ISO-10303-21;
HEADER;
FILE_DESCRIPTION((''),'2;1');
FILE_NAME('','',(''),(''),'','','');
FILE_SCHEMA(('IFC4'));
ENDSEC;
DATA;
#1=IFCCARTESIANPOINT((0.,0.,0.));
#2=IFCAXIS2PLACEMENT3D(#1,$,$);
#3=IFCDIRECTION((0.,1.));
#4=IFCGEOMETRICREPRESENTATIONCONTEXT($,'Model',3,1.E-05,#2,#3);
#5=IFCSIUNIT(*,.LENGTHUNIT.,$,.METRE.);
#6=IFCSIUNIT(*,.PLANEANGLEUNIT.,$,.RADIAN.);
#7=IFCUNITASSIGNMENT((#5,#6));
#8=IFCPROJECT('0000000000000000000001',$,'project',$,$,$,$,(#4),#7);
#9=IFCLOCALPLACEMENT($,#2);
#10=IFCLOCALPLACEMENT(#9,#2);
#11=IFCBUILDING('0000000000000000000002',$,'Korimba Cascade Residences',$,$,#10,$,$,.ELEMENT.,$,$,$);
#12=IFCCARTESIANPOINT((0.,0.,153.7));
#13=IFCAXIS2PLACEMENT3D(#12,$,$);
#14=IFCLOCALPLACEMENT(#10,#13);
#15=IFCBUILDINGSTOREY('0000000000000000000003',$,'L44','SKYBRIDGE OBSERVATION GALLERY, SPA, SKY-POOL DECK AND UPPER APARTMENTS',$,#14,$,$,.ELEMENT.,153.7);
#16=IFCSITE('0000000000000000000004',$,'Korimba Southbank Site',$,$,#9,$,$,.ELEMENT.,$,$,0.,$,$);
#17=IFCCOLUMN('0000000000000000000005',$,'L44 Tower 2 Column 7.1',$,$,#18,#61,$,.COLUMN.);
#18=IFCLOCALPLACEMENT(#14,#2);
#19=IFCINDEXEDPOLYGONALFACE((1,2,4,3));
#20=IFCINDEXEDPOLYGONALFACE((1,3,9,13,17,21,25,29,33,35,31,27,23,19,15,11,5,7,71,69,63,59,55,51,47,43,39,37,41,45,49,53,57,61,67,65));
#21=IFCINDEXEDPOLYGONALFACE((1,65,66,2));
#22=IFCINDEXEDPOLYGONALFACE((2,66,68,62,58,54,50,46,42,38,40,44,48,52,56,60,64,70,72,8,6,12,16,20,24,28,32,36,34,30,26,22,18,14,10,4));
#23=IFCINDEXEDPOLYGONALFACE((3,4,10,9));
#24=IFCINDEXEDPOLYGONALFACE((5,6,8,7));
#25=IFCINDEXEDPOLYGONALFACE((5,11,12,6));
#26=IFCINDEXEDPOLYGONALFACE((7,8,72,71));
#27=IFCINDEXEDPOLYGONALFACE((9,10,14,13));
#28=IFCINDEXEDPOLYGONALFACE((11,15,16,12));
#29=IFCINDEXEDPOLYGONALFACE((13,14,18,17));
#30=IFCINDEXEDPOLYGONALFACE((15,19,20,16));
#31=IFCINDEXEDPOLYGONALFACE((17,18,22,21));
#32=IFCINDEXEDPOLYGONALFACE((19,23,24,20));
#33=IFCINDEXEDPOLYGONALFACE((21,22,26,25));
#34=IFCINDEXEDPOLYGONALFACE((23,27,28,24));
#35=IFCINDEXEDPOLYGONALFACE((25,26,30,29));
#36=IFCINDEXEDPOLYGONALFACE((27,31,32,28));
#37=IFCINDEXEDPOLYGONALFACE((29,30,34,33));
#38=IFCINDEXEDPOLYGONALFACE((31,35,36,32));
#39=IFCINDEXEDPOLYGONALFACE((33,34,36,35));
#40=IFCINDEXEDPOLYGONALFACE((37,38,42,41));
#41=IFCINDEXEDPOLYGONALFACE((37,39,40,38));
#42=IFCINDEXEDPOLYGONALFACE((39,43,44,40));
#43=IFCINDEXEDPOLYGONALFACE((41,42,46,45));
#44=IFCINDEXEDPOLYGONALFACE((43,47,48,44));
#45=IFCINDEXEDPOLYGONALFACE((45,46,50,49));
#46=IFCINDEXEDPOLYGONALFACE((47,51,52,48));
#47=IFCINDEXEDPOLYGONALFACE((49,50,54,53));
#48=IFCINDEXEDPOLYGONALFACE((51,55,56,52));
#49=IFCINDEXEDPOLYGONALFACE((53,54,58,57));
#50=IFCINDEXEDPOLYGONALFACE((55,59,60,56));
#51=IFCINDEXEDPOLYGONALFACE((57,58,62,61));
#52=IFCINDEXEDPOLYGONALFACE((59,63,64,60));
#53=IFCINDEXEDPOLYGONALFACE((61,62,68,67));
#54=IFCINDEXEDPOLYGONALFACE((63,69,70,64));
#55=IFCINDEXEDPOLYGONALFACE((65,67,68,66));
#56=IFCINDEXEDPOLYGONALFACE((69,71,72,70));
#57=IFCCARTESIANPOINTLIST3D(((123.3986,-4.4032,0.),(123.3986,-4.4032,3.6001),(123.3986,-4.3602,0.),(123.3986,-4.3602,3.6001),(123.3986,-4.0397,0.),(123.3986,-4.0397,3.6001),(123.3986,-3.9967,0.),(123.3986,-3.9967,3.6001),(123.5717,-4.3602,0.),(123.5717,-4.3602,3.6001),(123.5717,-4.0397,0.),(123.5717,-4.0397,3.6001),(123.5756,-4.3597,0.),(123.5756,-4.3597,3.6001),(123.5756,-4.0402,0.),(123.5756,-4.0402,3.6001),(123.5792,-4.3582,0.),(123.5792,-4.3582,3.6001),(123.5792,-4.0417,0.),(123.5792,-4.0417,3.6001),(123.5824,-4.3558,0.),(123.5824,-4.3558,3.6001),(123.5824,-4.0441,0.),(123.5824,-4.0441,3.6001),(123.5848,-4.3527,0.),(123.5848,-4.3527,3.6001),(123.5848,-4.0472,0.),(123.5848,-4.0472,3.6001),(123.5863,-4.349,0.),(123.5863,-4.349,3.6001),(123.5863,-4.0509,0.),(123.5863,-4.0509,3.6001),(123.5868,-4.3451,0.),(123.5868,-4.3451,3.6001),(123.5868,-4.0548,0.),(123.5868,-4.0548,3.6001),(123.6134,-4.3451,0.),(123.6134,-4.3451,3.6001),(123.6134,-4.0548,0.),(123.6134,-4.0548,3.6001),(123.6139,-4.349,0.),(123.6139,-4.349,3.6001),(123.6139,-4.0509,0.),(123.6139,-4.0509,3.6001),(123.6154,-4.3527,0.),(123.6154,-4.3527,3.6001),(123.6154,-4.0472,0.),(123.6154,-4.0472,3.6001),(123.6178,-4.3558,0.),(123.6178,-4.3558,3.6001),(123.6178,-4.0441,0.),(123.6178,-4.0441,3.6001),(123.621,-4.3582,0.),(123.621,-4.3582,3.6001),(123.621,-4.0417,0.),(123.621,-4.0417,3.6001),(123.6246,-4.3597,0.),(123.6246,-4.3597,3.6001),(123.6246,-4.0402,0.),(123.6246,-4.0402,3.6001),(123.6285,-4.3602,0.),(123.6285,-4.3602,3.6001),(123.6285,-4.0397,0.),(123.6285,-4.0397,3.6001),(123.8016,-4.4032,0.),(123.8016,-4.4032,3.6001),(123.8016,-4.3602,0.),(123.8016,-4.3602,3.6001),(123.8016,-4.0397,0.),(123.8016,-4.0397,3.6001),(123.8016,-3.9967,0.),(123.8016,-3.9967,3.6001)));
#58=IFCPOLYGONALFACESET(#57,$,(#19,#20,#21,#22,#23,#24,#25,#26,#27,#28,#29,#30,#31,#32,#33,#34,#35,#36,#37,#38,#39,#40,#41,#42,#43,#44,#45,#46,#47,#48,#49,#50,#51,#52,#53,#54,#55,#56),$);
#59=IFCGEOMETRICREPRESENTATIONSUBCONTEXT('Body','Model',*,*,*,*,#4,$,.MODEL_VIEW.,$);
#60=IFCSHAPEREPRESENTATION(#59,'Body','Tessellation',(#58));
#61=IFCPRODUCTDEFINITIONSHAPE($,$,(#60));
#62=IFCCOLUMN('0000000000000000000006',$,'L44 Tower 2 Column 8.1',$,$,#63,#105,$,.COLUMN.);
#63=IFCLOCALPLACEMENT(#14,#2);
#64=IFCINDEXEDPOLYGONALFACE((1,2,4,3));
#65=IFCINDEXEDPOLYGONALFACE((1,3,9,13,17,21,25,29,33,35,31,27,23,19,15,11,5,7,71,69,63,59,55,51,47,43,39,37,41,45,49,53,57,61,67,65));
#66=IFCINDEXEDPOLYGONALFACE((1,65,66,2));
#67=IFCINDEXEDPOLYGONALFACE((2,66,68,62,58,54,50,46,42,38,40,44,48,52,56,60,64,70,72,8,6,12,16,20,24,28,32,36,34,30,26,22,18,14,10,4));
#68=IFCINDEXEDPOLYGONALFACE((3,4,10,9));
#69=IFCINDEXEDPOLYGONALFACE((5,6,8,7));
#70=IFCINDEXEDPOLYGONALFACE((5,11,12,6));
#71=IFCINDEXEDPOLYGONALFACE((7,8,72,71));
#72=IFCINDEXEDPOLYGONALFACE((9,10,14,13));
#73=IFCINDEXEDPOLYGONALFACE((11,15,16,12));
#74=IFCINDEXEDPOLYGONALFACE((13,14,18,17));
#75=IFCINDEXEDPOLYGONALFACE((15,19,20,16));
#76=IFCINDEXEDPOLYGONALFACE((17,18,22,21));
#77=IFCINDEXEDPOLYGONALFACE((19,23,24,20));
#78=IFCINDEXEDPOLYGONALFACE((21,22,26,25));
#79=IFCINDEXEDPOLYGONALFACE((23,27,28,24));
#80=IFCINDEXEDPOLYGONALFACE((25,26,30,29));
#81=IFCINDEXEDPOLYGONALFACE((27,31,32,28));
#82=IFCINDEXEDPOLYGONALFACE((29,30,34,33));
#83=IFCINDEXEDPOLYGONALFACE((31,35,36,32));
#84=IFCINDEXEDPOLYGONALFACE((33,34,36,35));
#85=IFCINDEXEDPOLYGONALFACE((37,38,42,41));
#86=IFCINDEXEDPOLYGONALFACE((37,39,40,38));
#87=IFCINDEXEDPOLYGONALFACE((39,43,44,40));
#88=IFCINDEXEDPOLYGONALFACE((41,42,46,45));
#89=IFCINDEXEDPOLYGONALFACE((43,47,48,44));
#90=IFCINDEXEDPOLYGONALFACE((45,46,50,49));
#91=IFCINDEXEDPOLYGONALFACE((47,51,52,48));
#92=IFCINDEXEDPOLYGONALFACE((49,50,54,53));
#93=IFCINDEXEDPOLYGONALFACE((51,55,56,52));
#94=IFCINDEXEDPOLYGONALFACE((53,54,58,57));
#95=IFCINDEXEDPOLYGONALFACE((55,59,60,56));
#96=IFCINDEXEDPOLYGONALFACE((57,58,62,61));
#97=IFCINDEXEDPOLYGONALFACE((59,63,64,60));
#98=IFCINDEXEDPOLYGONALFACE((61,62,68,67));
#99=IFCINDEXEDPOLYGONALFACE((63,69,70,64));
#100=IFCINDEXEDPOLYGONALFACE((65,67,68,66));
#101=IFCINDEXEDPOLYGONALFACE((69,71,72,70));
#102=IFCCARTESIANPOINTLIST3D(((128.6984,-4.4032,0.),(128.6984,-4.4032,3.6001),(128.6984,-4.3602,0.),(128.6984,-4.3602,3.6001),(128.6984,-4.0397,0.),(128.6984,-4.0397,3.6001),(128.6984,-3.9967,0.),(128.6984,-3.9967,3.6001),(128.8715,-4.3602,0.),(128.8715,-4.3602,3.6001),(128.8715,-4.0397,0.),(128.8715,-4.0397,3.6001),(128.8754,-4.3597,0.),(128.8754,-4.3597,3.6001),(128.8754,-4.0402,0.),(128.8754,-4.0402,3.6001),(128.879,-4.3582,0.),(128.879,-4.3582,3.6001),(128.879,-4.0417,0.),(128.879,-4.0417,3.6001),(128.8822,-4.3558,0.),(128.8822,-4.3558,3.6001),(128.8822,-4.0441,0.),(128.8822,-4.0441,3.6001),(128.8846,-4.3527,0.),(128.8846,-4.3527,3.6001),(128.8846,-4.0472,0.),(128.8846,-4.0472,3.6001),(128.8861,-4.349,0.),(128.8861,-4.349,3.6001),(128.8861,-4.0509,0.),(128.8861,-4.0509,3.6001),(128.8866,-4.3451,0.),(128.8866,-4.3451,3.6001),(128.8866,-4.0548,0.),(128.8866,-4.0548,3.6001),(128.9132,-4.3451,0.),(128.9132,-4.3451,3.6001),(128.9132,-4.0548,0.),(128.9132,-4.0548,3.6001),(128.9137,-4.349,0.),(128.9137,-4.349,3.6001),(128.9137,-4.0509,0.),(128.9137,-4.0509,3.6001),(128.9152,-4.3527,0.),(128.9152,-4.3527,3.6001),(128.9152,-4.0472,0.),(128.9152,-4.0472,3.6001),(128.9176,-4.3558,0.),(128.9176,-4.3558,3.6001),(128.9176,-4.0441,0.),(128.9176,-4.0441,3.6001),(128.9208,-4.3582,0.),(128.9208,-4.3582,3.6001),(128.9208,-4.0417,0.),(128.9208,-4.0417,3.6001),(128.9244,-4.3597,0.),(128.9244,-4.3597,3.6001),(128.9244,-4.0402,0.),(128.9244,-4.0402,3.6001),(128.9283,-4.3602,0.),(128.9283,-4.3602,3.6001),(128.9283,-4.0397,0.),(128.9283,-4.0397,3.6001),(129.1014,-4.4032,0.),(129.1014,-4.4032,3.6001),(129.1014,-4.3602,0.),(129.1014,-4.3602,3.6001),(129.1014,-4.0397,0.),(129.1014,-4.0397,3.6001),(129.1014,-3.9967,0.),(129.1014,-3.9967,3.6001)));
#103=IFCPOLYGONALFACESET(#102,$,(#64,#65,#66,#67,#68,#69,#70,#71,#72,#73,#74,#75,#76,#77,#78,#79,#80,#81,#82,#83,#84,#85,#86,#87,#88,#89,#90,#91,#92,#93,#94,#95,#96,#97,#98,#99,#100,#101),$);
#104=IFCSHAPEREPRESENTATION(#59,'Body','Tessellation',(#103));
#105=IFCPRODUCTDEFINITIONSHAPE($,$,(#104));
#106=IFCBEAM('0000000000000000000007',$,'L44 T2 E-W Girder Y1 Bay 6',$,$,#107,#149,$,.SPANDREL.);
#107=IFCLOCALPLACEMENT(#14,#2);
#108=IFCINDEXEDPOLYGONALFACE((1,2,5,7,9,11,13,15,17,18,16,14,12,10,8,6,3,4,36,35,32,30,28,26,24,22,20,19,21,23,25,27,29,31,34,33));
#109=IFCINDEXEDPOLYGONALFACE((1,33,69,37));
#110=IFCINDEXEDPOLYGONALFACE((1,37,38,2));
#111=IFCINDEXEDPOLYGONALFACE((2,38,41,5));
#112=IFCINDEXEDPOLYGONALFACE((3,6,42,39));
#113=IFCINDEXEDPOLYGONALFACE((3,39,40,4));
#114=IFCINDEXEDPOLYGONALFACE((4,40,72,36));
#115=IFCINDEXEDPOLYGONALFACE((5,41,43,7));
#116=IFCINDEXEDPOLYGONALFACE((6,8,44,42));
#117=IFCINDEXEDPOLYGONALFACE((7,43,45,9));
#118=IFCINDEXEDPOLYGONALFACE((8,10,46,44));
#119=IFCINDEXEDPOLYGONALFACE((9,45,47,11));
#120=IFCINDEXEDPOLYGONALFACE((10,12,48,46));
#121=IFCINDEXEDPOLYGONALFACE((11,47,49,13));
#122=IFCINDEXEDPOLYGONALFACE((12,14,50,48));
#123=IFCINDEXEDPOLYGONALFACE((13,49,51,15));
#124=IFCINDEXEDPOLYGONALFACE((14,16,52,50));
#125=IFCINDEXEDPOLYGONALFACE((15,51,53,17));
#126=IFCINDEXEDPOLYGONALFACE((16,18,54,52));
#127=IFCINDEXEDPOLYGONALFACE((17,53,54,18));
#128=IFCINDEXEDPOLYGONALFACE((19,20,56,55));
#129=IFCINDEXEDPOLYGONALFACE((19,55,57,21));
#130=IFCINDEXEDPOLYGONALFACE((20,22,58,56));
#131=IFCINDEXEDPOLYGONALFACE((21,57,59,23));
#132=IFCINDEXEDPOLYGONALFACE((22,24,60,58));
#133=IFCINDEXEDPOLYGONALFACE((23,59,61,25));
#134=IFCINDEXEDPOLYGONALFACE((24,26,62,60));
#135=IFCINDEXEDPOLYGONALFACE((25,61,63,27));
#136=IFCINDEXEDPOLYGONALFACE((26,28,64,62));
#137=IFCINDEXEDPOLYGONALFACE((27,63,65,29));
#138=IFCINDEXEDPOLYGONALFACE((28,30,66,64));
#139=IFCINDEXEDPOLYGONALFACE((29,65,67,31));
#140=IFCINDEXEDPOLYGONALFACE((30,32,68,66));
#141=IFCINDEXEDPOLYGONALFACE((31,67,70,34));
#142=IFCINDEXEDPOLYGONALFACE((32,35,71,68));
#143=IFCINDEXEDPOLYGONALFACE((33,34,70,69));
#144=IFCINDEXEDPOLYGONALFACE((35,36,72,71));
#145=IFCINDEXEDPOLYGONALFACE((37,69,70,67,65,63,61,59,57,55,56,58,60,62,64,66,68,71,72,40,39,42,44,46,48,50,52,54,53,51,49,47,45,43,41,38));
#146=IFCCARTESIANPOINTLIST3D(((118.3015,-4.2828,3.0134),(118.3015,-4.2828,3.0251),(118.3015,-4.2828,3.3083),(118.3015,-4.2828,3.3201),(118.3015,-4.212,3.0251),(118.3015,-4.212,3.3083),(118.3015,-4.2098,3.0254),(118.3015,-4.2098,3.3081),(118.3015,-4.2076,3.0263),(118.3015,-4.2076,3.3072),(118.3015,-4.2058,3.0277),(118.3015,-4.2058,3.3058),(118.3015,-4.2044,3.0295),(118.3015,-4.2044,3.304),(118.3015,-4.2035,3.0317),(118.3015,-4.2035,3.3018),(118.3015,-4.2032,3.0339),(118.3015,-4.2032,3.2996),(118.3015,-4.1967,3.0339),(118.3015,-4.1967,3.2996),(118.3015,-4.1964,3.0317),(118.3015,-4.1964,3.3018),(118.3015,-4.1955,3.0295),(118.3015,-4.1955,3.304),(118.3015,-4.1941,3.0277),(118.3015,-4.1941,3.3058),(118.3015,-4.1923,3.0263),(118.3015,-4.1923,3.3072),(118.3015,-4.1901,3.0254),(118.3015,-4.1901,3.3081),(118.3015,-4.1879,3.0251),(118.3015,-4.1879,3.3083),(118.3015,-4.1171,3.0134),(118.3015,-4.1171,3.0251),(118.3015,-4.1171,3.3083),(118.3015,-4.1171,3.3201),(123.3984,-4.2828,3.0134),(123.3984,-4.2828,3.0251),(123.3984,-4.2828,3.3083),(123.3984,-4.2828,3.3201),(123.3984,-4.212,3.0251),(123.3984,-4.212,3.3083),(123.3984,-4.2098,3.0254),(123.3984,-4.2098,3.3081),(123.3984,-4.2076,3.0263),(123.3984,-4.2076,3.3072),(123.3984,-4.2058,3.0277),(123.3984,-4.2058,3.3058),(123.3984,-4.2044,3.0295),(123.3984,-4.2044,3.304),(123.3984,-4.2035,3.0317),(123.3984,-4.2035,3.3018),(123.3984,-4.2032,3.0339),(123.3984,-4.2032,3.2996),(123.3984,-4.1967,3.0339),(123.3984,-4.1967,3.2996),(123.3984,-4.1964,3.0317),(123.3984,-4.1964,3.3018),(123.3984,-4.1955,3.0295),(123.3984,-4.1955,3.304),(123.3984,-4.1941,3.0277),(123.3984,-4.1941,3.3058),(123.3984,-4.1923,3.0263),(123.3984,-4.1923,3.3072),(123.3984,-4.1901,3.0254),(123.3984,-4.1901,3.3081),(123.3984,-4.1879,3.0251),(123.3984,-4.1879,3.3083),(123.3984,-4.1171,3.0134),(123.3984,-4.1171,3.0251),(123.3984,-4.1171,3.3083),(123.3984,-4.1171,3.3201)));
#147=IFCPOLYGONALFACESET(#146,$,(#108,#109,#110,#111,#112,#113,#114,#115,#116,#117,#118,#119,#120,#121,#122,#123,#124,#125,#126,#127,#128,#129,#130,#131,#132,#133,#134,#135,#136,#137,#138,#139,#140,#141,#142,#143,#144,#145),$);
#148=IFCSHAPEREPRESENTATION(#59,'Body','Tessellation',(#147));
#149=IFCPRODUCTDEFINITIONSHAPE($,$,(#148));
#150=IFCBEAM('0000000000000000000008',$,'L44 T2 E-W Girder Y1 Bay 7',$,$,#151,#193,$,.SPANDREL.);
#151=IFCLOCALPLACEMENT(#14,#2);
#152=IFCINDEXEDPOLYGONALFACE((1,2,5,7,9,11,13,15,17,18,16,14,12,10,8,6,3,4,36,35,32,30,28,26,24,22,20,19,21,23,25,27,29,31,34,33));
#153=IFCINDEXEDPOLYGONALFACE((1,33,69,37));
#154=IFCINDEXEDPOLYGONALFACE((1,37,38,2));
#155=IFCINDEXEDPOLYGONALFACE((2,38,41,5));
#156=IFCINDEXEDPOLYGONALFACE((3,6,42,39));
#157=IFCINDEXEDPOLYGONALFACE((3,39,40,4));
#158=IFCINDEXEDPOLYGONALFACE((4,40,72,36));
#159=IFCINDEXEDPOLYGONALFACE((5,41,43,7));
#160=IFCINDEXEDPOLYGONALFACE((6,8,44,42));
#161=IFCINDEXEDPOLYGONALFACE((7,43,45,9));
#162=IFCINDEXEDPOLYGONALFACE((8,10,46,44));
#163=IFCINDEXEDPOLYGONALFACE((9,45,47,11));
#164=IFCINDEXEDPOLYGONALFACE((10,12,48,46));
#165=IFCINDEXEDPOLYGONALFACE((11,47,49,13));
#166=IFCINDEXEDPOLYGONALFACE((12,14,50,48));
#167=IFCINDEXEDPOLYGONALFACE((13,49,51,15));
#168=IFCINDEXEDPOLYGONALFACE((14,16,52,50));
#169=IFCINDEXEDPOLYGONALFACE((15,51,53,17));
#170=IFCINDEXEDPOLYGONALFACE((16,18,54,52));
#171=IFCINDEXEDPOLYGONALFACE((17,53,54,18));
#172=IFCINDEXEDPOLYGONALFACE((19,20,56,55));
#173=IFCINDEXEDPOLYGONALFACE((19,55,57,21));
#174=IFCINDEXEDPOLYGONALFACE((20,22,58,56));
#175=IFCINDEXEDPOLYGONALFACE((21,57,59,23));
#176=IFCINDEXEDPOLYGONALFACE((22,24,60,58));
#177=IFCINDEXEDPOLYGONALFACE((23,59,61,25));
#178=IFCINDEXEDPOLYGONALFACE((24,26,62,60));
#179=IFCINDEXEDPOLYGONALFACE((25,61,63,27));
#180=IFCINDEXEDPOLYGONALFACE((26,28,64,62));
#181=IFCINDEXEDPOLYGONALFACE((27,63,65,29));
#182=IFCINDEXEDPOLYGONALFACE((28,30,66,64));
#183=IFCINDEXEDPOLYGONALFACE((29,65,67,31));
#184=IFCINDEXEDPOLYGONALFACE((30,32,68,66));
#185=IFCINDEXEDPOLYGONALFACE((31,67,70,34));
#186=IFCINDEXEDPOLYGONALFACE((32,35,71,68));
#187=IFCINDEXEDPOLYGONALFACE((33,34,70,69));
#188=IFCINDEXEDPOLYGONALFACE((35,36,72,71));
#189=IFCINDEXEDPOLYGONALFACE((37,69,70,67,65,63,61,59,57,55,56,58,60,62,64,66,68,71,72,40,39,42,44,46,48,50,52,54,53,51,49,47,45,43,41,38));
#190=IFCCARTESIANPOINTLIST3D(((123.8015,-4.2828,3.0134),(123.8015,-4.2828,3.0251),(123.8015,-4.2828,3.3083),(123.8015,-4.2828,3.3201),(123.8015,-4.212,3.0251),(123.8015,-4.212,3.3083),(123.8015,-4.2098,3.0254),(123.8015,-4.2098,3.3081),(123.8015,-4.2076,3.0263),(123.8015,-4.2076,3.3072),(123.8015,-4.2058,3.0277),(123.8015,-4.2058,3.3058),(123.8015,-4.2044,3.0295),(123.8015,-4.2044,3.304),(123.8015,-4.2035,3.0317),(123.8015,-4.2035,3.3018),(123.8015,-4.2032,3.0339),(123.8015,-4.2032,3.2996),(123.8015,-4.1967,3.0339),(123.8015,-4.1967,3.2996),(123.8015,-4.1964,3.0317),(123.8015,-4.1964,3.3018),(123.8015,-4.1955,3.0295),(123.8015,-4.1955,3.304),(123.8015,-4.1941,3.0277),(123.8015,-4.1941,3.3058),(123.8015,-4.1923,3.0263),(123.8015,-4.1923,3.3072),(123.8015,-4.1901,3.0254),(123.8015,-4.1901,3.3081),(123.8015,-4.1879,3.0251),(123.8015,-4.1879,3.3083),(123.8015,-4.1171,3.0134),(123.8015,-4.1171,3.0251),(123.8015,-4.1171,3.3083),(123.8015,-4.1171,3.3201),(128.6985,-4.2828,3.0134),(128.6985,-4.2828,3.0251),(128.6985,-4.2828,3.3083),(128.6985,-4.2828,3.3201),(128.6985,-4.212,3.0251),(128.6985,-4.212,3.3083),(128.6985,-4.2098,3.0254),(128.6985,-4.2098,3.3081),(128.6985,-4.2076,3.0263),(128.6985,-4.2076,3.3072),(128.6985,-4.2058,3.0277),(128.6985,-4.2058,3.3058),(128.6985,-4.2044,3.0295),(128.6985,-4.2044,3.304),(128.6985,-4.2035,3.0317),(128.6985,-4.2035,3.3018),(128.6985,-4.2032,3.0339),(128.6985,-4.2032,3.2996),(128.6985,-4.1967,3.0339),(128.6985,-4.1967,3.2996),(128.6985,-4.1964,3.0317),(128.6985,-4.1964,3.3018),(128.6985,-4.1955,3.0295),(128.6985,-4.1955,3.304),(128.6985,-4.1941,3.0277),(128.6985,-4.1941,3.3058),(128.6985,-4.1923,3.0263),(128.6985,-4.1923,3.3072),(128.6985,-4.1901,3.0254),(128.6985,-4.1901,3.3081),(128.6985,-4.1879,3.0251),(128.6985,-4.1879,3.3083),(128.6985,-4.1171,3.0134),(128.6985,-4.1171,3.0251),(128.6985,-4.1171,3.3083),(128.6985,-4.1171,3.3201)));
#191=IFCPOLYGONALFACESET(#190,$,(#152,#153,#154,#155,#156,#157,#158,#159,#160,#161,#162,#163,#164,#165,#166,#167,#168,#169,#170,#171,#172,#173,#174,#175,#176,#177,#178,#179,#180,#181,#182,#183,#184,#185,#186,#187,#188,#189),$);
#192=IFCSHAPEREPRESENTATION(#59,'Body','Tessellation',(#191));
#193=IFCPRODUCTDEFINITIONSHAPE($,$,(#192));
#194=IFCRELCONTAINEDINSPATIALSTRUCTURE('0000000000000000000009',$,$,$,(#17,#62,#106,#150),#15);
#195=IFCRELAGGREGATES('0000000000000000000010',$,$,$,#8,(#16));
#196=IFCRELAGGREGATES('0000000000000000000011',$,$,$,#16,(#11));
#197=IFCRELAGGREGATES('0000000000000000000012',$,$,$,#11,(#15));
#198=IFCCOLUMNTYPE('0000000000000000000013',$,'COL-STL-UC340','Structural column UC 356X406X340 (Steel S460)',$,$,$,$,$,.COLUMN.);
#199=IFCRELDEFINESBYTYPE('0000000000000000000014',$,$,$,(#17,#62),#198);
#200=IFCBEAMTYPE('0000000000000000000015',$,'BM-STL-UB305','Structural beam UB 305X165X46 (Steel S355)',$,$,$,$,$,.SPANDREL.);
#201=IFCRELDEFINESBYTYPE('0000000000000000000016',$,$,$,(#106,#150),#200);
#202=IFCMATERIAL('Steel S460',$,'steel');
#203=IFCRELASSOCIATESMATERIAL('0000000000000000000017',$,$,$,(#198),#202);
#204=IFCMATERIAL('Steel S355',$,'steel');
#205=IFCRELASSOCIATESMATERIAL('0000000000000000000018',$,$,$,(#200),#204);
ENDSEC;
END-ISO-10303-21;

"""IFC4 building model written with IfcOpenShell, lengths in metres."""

from ifc_helpers import new_model, si_unit, direction, frame, origin, origin_2d, place, context, subcontext, project, spatial, i_section, extrude, material, material_profile, profile_set, type_object, element, save


model = new_model("IFC4")

# Units and contexts
model_context = context("Model", 3, precision=1e-05, world=origin(), true_north=direction((0.0, 1.0)))
body_context = subcontext(model_context, "Body", "Model", "MODEL_VIEW")
ifc_project = project(units=[si_unit("LENGTHUNIT", "METRE"), si_unit("PLANEANGLEUNIT", "RADIAN")], contexts=[model_context])

# Site, building, storey
site_placement = place(None, origin())
site = spatial("IfcSite", under=ifc_project, at=site_placement, Name="Korimba Southbank Site", CompositionType="ELEMENT", RefElevation=0.0)
building_placement = place(site_placement, origin())
building = spatial("IfcBuilding", under=site, at=building_placement, Name="Korimba Cascade Residences", CompositionType="ELEMENT")
storey_placement = place(building_placement, frame((0.0, 0.0, 153.7)))
storey = spatial("IfcBuildingStorey", under=building, at=storey_placement, Name="L44", Description="SKYBRIDGE OBSERVATION GALLERY, SPA, SKY-POOL DECK AND UPPER APARTMENTS", CompositionType="ELEMENT", Elevation=153.7)

# Columns
ifc_material_1 = material(Name="Steel S460", Category="steel")
ifc_material_profile_1 = material_profile(ifc_material_1, i_section(OverallWidth=0.4031, OverallDepth=0.4065, WebThickness=0.0266, FlangeThickness=0.043, FilletRadius=0.0151, at=origin_2d()), Name="Steel S460")
ifc_profile_set_1 = profile_set([ifc_material_profile_1], Name="Steel S460")
column_type = type_object("IfcColumnType", Name="COL-STL-UC340", Description="Structural column UC 356X406X340 (Steel S460)", PredefinedType="COLUMN", material=ifc_profile_set_1)
for number, where, z_axis, x_axis, name in (
    (1, (123.6001, -4.2, 0.0), (0.0, 0.0, 1.0), (1.0, 0.0, 0.0), "L44 Tower 2 Column 7.1"),
    (2, (128.8999, -4.2, 0.0), (0.0, 0.0, 1.0), (1.0, 0.0, 0.0), "L44 Tower 2 Column 8.1"),
):
    element("IfcColumn", number, at=place(storey_placement, frame(where, z_axis=z_axis, x_axis=x_axis)), inside=storey, type_object=column_type, Name=name, PredefinedType="COLUMN", context=body_context, shape_type="SweptSolid", body=[
        extrude(i_section(OverallWidth=0.4031, OverallDepth=0.4065, WebThickness=0.0266, FlangeThickness=0.043, FilletRadius=0.0151, at=origin_2d()), origin(), (0.0, 0.0, 1.0), 3.6001),
    ])

# Beams
ifc_material_2 = material(Name="Steel S355", Category="steel")
ifc_material_profile_2 = material_profile(ifc_material_2, i_section(OverallWidth=0.1658, OverallDepth=0.3066, WebThickness=0.0066, FlangeThickness=0.0117, FilletRadius=0.0088, at=origin_2d()), Name="Steel S355")
ifc_profile_set_2 = profile_set([ifc_material_profile_2], Name="Steel S355")
beam_type_1 = type_object("IfcBeamType", Name="BM-STL-UB305", Description="Structural beam UB 305X165X46 (Steel S355)", PredefinedType="SPANDREL", material=ifc_profile_set_2)
beam_1_placement = place(storey_placement, frame((118.3015, -4.2, 3.1667), z_axis=(1.0, 0.0, 0.0), x_axis=(0.0, 1.0, 0.0)))
element("IfcBeam", 3, at=beam_1_placement, inside=storey, type_object=beam_type_1, Name="L44 T2 E-W Girder Y1 Bay 6", PredefinedType="SPANDREL", context=body_context, shape_type="SweptSolid", body=[
    extrude(i_section(OverallWidth=0.1658, OverallDepth=0.3066, WebThickness=0.0066, FlangeThickness=0.0117, FilletRadius=0.0088, at=origin_2d()), origin(), (0.0, 0.0, 1.0), 5.0969),
])
beam_2_placement = place(storey_placement, frame((123.8015, -4.2, 3.1667), z_axis=(1.0, 0.0, 0.0), x_axis=(0.0, 1.0, 0.0)))
element("IfcBeam", 4, at=beam_2_placement, inside=storey, type_object=beam_type_1, Name="L44 T2 E-W Girder Y1 Bay 7", PredefinedType="SPANDREL", context=body_context, shape_type="SweptSolid", body=[
    extrude(i_section(OverallWidth=0.1658, OverallDepth=0.3066, WebThickness=0.0066, FlangeThickness=0.0117, FilletRadius=0.0088, at=origin_2d()), origin(), (0.0, 0.0, 1.0), 4.897),
])

save(model, "model.ifc")
